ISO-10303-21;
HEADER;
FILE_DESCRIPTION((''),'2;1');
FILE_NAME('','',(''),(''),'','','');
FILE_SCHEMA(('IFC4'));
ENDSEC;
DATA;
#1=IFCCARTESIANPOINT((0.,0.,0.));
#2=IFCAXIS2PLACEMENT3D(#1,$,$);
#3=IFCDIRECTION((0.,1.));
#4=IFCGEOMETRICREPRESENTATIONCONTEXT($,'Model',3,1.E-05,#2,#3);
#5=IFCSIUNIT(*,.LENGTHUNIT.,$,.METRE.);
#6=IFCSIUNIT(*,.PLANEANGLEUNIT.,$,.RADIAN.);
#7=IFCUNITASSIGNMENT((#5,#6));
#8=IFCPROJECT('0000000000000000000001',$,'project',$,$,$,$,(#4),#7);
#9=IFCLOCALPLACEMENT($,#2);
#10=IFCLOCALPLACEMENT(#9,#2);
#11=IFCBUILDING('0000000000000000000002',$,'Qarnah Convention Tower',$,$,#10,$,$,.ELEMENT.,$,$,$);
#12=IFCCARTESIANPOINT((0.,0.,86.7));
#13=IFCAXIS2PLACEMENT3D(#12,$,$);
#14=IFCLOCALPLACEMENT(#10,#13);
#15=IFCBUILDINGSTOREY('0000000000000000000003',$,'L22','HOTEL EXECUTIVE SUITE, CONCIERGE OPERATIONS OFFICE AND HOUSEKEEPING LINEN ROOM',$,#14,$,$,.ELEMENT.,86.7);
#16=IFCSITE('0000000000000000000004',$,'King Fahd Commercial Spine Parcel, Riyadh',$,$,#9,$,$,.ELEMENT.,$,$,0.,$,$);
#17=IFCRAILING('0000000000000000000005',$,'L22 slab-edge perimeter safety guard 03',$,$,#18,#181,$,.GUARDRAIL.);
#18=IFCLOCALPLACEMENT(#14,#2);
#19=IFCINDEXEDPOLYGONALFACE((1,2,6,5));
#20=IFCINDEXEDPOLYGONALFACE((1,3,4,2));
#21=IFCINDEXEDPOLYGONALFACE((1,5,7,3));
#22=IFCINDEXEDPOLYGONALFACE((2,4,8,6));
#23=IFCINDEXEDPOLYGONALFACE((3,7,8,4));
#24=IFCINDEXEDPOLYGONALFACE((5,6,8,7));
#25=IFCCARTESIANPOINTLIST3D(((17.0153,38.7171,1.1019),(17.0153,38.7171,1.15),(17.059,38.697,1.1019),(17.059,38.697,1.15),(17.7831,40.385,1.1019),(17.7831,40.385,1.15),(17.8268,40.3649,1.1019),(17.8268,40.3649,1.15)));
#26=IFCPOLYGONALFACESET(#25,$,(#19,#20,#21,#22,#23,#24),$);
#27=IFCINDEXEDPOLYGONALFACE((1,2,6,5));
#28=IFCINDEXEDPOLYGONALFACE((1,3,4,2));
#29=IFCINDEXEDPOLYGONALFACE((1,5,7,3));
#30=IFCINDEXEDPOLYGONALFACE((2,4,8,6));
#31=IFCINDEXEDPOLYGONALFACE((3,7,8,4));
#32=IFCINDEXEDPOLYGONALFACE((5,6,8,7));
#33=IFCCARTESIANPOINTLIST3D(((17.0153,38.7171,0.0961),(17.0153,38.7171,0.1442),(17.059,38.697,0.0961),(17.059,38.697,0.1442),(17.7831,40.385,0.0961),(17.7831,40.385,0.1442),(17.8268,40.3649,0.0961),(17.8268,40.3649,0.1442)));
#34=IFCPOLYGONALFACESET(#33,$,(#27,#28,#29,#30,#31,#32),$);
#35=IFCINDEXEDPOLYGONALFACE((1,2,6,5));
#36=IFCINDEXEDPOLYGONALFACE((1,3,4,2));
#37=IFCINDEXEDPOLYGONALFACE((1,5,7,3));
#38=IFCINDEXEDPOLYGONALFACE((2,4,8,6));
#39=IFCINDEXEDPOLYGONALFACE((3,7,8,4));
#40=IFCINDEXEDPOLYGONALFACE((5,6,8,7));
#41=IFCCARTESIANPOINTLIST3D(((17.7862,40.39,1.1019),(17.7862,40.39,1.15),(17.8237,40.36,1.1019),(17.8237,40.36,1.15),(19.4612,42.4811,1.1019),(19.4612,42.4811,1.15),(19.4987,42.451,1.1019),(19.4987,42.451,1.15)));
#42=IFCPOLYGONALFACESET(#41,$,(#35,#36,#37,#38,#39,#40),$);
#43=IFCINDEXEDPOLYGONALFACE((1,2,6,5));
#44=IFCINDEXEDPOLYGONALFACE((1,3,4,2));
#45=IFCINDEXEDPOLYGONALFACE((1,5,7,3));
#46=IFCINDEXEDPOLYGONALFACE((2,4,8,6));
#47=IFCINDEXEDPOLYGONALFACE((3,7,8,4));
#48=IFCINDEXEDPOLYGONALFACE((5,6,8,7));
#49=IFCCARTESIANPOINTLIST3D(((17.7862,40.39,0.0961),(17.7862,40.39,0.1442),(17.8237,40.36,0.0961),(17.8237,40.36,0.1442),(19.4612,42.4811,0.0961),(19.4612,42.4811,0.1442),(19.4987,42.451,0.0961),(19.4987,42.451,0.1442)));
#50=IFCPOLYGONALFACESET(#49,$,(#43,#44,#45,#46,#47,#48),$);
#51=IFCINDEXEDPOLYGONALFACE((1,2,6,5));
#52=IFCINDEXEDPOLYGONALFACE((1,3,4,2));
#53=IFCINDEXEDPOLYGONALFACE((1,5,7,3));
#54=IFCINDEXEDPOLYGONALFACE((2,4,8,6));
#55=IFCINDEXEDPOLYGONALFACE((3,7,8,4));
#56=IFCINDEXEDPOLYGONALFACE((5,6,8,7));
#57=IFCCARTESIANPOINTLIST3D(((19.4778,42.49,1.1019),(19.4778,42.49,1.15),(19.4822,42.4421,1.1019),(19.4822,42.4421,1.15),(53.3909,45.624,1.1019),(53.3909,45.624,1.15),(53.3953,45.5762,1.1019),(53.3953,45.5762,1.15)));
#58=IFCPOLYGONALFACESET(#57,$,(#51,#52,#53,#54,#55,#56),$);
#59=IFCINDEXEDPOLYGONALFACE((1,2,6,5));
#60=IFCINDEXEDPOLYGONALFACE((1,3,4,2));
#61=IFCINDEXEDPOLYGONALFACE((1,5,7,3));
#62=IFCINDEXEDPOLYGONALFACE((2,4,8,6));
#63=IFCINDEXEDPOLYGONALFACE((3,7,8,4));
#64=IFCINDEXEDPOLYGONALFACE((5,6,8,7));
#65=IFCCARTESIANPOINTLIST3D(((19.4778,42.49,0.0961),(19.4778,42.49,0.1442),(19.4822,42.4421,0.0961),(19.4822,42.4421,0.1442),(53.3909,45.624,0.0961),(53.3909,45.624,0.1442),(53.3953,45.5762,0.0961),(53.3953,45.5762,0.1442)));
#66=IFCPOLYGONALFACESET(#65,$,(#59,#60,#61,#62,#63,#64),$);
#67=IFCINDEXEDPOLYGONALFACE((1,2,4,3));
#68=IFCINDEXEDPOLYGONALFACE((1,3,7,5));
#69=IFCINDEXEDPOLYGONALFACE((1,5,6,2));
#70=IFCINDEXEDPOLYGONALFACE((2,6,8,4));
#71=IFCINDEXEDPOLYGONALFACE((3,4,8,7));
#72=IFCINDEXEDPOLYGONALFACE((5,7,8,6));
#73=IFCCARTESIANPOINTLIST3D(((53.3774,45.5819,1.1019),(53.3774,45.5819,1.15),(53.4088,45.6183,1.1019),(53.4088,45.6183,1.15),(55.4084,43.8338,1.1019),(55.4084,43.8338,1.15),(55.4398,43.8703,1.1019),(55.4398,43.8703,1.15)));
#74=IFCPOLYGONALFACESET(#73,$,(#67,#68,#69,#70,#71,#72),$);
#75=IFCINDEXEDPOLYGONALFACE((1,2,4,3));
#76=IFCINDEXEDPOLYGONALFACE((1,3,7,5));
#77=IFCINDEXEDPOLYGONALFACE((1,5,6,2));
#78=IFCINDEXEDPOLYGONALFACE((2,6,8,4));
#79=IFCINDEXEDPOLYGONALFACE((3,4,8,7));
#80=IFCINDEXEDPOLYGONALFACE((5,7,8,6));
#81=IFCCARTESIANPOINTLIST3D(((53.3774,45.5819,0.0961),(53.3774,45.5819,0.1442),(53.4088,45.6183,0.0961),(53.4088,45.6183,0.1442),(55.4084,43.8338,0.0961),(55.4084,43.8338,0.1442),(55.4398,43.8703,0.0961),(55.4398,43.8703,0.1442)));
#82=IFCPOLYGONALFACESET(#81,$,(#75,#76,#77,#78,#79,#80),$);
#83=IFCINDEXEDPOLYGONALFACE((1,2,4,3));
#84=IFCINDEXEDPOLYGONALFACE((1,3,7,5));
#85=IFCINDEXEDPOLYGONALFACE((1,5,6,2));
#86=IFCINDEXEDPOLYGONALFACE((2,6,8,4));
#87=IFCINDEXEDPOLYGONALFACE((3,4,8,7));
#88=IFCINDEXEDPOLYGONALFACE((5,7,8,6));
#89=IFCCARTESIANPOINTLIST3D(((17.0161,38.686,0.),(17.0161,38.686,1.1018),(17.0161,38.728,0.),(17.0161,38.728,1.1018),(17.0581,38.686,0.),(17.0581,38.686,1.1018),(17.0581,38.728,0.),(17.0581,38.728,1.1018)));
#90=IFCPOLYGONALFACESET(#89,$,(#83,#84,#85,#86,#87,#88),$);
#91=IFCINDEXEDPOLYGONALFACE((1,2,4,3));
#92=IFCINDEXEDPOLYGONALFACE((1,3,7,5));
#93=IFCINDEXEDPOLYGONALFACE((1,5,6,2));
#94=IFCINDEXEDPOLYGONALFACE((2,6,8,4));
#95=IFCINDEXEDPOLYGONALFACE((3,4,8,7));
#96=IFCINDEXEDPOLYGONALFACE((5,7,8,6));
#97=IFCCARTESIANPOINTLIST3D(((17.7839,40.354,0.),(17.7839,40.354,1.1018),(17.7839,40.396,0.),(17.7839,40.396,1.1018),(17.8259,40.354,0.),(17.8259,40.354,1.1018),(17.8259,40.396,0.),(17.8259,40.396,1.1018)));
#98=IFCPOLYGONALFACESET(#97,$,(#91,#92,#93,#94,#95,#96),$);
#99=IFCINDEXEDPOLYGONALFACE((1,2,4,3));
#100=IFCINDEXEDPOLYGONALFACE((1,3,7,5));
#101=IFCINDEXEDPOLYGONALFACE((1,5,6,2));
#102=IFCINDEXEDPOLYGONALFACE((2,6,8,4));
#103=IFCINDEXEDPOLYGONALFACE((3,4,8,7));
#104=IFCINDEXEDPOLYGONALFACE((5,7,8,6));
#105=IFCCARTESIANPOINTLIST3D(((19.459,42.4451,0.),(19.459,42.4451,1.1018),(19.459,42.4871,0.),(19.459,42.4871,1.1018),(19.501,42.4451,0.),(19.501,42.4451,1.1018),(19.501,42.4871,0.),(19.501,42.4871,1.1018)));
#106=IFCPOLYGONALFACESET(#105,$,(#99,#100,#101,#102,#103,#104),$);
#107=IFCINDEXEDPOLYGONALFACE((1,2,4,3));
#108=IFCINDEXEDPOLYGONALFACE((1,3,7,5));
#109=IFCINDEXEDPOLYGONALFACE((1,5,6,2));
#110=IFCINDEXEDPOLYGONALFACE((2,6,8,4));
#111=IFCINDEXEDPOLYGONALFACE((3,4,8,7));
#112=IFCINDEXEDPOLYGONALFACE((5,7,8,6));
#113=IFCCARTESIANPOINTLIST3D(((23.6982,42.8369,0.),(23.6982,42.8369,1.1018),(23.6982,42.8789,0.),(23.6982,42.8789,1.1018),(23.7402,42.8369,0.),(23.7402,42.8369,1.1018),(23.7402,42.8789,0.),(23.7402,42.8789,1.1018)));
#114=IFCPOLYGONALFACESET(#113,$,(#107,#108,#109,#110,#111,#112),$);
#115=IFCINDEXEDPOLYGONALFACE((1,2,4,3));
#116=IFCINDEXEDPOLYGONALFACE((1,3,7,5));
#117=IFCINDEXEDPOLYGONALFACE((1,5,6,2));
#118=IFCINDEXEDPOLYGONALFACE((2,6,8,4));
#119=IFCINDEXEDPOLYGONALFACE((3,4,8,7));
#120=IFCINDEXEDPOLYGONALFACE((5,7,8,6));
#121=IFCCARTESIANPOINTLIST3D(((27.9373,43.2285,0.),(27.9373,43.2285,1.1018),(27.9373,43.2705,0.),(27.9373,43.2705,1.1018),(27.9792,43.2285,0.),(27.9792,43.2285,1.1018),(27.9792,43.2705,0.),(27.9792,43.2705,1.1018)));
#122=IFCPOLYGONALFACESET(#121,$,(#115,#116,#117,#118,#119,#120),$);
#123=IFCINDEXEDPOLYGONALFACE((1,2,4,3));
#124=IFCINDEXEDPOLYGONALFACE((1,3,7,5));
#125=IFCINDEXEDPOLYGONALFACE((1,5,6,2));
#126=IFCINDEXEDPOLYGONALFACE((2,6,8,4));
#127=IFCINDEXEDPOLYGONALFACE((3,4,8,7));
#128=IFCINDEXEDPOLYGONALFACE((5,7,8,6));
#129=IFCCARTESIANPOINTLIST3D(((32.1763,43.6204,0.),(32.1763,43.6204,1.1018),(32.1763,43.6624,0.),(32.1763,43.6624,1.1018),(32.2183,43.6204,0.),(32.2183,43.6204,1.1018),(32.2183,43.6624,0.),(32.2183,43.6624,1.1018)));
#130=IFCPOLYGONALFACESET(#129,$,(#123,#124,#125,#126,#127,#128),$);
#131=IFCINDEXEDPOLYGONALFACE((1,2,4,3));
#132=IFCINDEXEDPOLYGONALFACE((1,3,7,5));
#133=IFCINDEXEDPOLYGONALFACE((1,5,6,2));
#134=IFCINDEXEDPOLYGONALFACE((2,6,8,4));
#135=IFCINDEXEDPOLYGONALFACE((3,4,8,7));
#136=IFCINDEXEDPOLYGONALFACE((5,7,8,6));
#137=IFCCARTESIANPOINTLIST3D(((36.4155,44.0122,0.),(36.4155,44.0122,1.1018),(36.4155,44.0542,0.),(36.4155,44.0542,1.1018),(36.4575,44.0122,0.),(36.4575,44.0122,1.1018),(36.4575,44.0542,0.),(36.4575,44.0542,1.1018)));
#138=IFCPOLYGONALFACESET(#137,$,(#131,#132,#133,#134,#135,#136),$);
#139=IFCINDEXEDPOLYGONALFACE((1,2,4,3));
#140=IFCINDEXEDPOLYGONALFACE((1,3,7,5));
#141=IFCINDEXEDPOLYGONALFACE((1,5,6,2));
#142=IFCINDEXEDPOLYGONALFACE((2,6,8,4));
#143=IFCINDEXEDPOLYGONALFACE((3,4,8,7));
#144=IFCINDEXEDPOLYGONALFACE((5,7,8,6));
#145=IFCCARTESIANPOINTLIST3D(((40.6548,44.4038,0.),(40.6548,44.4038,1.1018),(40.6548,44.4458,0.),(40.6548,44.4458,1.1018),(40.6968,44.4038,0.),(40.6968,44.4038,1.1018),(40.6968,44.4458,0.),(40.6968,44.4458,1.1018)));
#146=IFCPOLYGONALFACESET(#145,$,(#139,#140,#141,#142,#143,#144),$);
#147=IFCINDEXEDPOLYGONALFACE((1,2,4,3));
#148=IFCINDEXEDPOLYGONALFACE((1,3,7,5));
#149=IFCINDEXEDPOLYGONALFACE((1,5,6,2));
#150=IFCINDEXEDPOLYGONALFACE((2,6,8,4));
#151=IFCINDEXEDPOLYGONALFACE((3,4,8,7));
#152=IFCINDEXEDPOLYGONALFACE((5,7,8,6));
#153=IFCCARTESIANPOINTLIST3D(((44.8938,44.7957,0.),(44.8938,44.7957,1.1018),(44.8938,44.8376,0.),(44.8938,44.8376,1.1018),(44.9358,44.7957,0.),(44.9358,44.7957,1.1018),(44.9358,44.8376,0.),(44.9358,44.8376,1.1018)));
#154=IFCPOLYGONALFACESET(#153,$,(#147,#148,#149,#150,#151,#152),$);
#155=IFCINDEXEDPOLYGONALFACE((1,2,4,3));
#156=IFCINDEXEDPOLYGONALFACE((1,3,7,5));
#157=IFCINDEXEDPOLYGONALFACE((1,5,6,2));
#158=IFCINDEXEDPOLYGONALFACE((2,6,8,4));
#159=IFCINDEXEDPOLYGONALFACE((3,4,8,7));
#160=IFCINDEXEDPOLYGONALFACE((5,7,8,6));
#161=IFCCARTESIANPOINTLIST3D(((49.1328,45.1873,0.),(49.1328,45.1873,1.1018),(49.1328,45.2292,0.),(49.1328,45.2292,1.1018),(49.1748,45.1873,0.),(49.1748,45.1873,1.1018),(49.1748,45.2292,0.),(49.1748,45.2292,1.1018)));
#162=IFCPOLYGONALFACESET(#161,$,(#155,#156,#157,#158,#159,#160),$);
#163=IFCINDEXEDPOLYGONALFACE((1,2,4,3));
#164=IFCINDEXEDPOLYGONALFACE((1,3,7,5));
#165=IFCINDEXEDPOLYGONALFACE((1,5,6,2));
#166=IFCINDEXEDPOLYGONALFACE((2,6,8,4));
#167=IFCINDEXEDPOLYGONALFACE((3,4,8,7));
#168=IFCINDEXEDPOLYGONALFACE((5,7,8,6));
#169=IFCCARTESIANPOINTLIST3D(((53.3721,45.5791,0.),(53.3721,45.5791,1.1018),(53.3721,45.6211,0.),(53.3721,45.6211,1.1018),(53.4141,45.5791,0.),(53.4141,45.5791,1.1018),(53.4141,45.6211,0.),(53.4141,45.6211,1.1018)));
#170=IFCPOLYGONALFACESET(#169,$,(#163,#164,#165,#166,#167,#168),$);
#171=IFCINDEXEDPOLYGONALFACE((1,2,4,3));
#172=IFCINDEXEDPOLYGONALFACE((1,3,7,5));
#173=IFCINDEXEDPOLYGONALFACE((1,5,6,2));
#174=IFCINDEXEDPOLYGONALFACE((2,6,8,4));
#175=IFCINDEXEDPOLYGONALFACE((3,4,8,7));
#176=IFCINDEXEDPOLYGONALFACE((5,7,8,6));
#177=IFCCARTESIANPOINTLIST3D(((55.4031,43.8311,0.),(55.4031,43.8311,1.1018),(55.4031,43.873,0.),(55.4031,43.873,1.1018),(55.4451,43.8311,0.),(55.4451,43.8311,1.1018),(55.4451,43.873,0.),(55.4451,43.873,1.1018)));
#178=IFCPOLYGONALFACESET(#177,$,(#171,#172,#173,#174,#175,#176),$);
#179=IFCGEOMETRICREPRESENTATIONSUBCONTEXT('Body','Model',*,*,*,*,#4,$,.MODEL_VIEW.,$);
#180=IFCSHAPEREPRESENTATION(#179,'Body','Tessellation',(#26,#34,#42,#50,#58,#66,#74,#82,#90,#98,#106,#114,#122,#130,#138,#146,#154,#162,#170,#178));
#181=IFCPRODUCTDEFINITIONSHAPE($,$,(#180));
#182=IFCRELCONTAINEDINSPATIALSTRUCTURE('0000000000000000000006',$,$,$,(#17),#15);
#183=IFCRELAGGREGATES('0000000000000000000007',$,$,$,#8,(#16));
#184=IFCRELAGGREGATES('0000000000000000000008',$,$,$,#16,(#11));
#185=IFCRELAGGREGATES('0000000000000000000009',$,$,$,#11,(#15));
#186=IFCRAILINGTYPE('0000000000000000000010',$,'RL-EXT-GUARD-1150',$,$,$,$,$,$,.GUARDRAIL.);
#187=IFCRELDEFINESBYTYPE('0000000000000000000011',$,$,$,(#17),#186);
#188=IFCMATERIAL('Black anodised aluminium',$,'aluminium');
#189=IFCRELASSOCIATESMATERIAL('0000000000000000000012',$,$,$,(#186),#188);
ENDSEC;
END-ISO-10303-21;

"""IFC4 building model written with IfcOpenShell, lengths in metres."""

from ifc_helpers import new_model, si_unit, direction, frame, origin, origin_2d, place, context, subcontext, project, spatial, rectangle, extrude, material, type_object, element, save


model = new_model("IFC4")

# Units and contexts
model_context = context("Model", 3, precision=1e-05, world=origin(), true_north=direction((0.0, 1.0)))
body_context = subcontext(model_context, "Body", "Model", "MODEL_VIEW")
ifc_project = project(units=[si_unit("LENGTHUNIT", "METRE"), si_unit("PLANEANGLEUNIT", "RADIAN")], contexts=[model_context])

# Site, building, storey
site_placement = place(None, origin())
site = spatial("IfcSite", under=ifc_project, at=site_placement, Name="King Fahd Commercial Spine Parcel, Riyadh", CompositionType="ELEMENT", RefElevation=0.0)
building_placement = place(site_placement, origin())
building = spatial("IfcBuilding", under=site, at=building_placement, Name="Qarnah Convention Tower", CompositionType="ELEMENT")
storey_placement = place(building_placement, frame((0.0, 0.0, 86.7)))
storey = spatial("IfcBuildingStorey", under=building, at=storey_placement, Name="L22", Description="HOTEL EXECUTIVE SUITE, CONCIERGE OPERATIONS OFFICE AND HOUSEKEEPING LINEN ROOM", CompositionType="ELEMENT", Elevation=86.7)

# Shared definitions
ifc_material_1 = material(Name="Black anodised aluminium", Category="aluminium")

# Railing
railing_type = type_object("IfcRailingType", Name="RL-EXT-GUARD-1150", PredefinedType="GUARDRAIL", material=ifc_material_1)
railing_1_placement = place(storey_placement, frame((17.0371, 38.707, 0.0)))
element("IfcRailing", 1, at=railing_1_placement, inside=storey, type_object=railing_type, Name="L22 slab-edge perimeter safety guard 03", PredefinedType="GUARDRAIL", context=body_context, shape_type="SweptSolid", body=[
    extrude(rectangle(XDim=0.0481, YDim=0.0481, at=origin_2d()), frame((0.0, 0.0, 1.126), z_axis=(0.418156, 0.908375, 0.0), x_axis=(-0.908375, 0.418156, 0.0)), (0.0, 0.0, 1.0), 1.8362),
    extrude(rectangle(XDim=0.0481, YDim=0.0481, at=origin_2d()), frame((0.0, 0.0, 0.1201), z_axis=(0.418156, 0.908375, 0.0), x_axis=(-0.908375, 0.418156, 0.0)), (0.0, 0.0, 1.0), 1.8362),
    extrude(rectangle(XDim=0.0481, YDim=0.0481, at=origin_2d()), frame((0.7678, 1.668, 1.126), z_axis=(0.625195, 0.780469, 0.0), x_axis=(-0.780469, 0.625195, 0.0)), (0.0, 0.0, 1.0), 2.6792),
    extrude(rectangle(XDim=0.0481, YDim=0.0481, at=origin_2d()), frame((0.7678, 1.668, 0.1201), z_axis=(0.625195, 0.780469, 0.0), x_axis=(-0.780469, 0.625195, 0.0)), (0.0, 0.0, 1.0), 2.6792),
    extrude(rectangle(XDim=0.0481, YDim=0.0481, at=origin_2d()), frame((2.4429, 3.759, 1.126), z_axis=(0.995757, 0.092022, 0.0), x_axis=(-0.092022, 0.995757, 0.0)), (0.0, 0.0, 1.0), 34.0576),
    extrude(rectangle(XDim=0.0481, YDim=0.0481, at=origin_2d()), frame((2.4429, 3.759, 0.1201), z_axis=(0.995757, 0.092022, 0.0), x_axis=(-0.092022, 0.995757, 0.0)), (0.0, 0.0, 1.0), 34.0576),
    extrude(rectangle(XDim=0.0481, YDim=0.0481, at=origin_2d()), frame((36.356, 6.8931, 1.126), z_axis=(0.75793, -0.652336, 0.0), x_axis=(0.652336, 0.75793, 0.0)), (0.0, 0.0, 1.0), 2.6797),
    extrude(rectangle(XDim=0.0481, YDim=0.0481, at=origin_2d()), frame((36.356, 6.8931, 0.1201), z_axis=(0.75793, -0.652336, 0.0), x_axis=(0.652336, 0.75793, 0.0)), (0.0, 0.0, 1.0), 2.6797),
    extrude(rectangle(XDim=0.042, YDim=0.042, at=origin_2d()), origin(), (0.0, 0.0, 1.0), 1.1018),
    extrude(rectangle(XDim=0.042, YDim=0.042, at=origin_2d()), frame((0.7678, 1.668, 0.0)), (0.0, 0.0, 1.0), 1.1018),
    extrude(rectangle(XDim=0.042, YDim=0.042, at=origin_2d()), frame((2.4429, 3.759, 0.0)), (0.0, 0.0, 1.0), 1.1018),
    extrude(rectangle(XDim=0.042, YDim=0.042, at=origin_2d()), frame((6.6821, 4.1509, 0.0)), (0.0, 0.0, 1.0), 1.1018),
    extrude(rectangle(XDim=0.042, YDim=0.042, at=origin_2d()), frame((10.9211, 4.5425, 0.0)), (0.0, 0.0, 1.0), 1.1018),
    extrude(rectangle(XDim=0.042, YDim=0.042, at=origin_2d()), frame((15.1602, 4.9343, 0.0)), (0.0, 0.0, 1.0), 1.1018),
    extrude(rectangle(XDim=0.042, YDim=0.042, at=origin_2d()), frame((19.3994, 5.3262, 0.0)), (0.0, 0.0, 1.0), 1.1018),
    extrude(rectangle(XDim=0.042, YDim=0.042, at=origin_2d()), frame((23.6387, 5.7178, 0.0)), (0.0, 0.0, 1.0), 1.1018),
    extrude(rectangle(XDim=0.042, YDim=0.042, at=origin_2d()), frame((27.8777, 6.1096, 0.0)), (0.0, 0.0, 1.0), 1.1018),
    extrude(rectangle(XDim=0.042, YDim=0.042, at=origin_2d()), frame((32.1167, 6.5012, 0.0)), (0.0, 0.0, 1.0), 1.1018),
    extrude(rectangle(XDim=0.042, YDim=0.042, at=origin_2d()), frame((36.356, 6.8931, 0.0)), (0.0, 0.0, 1.0), 1.1018),
    extrude(rectangle(XDim=0.042, YDim=0.042, at=origin_2d()), frame((38.387, 5.145, 0.0)), (0.0, 0.0, 1.0), 1.1018),
])

save(model, "model.ifc")
